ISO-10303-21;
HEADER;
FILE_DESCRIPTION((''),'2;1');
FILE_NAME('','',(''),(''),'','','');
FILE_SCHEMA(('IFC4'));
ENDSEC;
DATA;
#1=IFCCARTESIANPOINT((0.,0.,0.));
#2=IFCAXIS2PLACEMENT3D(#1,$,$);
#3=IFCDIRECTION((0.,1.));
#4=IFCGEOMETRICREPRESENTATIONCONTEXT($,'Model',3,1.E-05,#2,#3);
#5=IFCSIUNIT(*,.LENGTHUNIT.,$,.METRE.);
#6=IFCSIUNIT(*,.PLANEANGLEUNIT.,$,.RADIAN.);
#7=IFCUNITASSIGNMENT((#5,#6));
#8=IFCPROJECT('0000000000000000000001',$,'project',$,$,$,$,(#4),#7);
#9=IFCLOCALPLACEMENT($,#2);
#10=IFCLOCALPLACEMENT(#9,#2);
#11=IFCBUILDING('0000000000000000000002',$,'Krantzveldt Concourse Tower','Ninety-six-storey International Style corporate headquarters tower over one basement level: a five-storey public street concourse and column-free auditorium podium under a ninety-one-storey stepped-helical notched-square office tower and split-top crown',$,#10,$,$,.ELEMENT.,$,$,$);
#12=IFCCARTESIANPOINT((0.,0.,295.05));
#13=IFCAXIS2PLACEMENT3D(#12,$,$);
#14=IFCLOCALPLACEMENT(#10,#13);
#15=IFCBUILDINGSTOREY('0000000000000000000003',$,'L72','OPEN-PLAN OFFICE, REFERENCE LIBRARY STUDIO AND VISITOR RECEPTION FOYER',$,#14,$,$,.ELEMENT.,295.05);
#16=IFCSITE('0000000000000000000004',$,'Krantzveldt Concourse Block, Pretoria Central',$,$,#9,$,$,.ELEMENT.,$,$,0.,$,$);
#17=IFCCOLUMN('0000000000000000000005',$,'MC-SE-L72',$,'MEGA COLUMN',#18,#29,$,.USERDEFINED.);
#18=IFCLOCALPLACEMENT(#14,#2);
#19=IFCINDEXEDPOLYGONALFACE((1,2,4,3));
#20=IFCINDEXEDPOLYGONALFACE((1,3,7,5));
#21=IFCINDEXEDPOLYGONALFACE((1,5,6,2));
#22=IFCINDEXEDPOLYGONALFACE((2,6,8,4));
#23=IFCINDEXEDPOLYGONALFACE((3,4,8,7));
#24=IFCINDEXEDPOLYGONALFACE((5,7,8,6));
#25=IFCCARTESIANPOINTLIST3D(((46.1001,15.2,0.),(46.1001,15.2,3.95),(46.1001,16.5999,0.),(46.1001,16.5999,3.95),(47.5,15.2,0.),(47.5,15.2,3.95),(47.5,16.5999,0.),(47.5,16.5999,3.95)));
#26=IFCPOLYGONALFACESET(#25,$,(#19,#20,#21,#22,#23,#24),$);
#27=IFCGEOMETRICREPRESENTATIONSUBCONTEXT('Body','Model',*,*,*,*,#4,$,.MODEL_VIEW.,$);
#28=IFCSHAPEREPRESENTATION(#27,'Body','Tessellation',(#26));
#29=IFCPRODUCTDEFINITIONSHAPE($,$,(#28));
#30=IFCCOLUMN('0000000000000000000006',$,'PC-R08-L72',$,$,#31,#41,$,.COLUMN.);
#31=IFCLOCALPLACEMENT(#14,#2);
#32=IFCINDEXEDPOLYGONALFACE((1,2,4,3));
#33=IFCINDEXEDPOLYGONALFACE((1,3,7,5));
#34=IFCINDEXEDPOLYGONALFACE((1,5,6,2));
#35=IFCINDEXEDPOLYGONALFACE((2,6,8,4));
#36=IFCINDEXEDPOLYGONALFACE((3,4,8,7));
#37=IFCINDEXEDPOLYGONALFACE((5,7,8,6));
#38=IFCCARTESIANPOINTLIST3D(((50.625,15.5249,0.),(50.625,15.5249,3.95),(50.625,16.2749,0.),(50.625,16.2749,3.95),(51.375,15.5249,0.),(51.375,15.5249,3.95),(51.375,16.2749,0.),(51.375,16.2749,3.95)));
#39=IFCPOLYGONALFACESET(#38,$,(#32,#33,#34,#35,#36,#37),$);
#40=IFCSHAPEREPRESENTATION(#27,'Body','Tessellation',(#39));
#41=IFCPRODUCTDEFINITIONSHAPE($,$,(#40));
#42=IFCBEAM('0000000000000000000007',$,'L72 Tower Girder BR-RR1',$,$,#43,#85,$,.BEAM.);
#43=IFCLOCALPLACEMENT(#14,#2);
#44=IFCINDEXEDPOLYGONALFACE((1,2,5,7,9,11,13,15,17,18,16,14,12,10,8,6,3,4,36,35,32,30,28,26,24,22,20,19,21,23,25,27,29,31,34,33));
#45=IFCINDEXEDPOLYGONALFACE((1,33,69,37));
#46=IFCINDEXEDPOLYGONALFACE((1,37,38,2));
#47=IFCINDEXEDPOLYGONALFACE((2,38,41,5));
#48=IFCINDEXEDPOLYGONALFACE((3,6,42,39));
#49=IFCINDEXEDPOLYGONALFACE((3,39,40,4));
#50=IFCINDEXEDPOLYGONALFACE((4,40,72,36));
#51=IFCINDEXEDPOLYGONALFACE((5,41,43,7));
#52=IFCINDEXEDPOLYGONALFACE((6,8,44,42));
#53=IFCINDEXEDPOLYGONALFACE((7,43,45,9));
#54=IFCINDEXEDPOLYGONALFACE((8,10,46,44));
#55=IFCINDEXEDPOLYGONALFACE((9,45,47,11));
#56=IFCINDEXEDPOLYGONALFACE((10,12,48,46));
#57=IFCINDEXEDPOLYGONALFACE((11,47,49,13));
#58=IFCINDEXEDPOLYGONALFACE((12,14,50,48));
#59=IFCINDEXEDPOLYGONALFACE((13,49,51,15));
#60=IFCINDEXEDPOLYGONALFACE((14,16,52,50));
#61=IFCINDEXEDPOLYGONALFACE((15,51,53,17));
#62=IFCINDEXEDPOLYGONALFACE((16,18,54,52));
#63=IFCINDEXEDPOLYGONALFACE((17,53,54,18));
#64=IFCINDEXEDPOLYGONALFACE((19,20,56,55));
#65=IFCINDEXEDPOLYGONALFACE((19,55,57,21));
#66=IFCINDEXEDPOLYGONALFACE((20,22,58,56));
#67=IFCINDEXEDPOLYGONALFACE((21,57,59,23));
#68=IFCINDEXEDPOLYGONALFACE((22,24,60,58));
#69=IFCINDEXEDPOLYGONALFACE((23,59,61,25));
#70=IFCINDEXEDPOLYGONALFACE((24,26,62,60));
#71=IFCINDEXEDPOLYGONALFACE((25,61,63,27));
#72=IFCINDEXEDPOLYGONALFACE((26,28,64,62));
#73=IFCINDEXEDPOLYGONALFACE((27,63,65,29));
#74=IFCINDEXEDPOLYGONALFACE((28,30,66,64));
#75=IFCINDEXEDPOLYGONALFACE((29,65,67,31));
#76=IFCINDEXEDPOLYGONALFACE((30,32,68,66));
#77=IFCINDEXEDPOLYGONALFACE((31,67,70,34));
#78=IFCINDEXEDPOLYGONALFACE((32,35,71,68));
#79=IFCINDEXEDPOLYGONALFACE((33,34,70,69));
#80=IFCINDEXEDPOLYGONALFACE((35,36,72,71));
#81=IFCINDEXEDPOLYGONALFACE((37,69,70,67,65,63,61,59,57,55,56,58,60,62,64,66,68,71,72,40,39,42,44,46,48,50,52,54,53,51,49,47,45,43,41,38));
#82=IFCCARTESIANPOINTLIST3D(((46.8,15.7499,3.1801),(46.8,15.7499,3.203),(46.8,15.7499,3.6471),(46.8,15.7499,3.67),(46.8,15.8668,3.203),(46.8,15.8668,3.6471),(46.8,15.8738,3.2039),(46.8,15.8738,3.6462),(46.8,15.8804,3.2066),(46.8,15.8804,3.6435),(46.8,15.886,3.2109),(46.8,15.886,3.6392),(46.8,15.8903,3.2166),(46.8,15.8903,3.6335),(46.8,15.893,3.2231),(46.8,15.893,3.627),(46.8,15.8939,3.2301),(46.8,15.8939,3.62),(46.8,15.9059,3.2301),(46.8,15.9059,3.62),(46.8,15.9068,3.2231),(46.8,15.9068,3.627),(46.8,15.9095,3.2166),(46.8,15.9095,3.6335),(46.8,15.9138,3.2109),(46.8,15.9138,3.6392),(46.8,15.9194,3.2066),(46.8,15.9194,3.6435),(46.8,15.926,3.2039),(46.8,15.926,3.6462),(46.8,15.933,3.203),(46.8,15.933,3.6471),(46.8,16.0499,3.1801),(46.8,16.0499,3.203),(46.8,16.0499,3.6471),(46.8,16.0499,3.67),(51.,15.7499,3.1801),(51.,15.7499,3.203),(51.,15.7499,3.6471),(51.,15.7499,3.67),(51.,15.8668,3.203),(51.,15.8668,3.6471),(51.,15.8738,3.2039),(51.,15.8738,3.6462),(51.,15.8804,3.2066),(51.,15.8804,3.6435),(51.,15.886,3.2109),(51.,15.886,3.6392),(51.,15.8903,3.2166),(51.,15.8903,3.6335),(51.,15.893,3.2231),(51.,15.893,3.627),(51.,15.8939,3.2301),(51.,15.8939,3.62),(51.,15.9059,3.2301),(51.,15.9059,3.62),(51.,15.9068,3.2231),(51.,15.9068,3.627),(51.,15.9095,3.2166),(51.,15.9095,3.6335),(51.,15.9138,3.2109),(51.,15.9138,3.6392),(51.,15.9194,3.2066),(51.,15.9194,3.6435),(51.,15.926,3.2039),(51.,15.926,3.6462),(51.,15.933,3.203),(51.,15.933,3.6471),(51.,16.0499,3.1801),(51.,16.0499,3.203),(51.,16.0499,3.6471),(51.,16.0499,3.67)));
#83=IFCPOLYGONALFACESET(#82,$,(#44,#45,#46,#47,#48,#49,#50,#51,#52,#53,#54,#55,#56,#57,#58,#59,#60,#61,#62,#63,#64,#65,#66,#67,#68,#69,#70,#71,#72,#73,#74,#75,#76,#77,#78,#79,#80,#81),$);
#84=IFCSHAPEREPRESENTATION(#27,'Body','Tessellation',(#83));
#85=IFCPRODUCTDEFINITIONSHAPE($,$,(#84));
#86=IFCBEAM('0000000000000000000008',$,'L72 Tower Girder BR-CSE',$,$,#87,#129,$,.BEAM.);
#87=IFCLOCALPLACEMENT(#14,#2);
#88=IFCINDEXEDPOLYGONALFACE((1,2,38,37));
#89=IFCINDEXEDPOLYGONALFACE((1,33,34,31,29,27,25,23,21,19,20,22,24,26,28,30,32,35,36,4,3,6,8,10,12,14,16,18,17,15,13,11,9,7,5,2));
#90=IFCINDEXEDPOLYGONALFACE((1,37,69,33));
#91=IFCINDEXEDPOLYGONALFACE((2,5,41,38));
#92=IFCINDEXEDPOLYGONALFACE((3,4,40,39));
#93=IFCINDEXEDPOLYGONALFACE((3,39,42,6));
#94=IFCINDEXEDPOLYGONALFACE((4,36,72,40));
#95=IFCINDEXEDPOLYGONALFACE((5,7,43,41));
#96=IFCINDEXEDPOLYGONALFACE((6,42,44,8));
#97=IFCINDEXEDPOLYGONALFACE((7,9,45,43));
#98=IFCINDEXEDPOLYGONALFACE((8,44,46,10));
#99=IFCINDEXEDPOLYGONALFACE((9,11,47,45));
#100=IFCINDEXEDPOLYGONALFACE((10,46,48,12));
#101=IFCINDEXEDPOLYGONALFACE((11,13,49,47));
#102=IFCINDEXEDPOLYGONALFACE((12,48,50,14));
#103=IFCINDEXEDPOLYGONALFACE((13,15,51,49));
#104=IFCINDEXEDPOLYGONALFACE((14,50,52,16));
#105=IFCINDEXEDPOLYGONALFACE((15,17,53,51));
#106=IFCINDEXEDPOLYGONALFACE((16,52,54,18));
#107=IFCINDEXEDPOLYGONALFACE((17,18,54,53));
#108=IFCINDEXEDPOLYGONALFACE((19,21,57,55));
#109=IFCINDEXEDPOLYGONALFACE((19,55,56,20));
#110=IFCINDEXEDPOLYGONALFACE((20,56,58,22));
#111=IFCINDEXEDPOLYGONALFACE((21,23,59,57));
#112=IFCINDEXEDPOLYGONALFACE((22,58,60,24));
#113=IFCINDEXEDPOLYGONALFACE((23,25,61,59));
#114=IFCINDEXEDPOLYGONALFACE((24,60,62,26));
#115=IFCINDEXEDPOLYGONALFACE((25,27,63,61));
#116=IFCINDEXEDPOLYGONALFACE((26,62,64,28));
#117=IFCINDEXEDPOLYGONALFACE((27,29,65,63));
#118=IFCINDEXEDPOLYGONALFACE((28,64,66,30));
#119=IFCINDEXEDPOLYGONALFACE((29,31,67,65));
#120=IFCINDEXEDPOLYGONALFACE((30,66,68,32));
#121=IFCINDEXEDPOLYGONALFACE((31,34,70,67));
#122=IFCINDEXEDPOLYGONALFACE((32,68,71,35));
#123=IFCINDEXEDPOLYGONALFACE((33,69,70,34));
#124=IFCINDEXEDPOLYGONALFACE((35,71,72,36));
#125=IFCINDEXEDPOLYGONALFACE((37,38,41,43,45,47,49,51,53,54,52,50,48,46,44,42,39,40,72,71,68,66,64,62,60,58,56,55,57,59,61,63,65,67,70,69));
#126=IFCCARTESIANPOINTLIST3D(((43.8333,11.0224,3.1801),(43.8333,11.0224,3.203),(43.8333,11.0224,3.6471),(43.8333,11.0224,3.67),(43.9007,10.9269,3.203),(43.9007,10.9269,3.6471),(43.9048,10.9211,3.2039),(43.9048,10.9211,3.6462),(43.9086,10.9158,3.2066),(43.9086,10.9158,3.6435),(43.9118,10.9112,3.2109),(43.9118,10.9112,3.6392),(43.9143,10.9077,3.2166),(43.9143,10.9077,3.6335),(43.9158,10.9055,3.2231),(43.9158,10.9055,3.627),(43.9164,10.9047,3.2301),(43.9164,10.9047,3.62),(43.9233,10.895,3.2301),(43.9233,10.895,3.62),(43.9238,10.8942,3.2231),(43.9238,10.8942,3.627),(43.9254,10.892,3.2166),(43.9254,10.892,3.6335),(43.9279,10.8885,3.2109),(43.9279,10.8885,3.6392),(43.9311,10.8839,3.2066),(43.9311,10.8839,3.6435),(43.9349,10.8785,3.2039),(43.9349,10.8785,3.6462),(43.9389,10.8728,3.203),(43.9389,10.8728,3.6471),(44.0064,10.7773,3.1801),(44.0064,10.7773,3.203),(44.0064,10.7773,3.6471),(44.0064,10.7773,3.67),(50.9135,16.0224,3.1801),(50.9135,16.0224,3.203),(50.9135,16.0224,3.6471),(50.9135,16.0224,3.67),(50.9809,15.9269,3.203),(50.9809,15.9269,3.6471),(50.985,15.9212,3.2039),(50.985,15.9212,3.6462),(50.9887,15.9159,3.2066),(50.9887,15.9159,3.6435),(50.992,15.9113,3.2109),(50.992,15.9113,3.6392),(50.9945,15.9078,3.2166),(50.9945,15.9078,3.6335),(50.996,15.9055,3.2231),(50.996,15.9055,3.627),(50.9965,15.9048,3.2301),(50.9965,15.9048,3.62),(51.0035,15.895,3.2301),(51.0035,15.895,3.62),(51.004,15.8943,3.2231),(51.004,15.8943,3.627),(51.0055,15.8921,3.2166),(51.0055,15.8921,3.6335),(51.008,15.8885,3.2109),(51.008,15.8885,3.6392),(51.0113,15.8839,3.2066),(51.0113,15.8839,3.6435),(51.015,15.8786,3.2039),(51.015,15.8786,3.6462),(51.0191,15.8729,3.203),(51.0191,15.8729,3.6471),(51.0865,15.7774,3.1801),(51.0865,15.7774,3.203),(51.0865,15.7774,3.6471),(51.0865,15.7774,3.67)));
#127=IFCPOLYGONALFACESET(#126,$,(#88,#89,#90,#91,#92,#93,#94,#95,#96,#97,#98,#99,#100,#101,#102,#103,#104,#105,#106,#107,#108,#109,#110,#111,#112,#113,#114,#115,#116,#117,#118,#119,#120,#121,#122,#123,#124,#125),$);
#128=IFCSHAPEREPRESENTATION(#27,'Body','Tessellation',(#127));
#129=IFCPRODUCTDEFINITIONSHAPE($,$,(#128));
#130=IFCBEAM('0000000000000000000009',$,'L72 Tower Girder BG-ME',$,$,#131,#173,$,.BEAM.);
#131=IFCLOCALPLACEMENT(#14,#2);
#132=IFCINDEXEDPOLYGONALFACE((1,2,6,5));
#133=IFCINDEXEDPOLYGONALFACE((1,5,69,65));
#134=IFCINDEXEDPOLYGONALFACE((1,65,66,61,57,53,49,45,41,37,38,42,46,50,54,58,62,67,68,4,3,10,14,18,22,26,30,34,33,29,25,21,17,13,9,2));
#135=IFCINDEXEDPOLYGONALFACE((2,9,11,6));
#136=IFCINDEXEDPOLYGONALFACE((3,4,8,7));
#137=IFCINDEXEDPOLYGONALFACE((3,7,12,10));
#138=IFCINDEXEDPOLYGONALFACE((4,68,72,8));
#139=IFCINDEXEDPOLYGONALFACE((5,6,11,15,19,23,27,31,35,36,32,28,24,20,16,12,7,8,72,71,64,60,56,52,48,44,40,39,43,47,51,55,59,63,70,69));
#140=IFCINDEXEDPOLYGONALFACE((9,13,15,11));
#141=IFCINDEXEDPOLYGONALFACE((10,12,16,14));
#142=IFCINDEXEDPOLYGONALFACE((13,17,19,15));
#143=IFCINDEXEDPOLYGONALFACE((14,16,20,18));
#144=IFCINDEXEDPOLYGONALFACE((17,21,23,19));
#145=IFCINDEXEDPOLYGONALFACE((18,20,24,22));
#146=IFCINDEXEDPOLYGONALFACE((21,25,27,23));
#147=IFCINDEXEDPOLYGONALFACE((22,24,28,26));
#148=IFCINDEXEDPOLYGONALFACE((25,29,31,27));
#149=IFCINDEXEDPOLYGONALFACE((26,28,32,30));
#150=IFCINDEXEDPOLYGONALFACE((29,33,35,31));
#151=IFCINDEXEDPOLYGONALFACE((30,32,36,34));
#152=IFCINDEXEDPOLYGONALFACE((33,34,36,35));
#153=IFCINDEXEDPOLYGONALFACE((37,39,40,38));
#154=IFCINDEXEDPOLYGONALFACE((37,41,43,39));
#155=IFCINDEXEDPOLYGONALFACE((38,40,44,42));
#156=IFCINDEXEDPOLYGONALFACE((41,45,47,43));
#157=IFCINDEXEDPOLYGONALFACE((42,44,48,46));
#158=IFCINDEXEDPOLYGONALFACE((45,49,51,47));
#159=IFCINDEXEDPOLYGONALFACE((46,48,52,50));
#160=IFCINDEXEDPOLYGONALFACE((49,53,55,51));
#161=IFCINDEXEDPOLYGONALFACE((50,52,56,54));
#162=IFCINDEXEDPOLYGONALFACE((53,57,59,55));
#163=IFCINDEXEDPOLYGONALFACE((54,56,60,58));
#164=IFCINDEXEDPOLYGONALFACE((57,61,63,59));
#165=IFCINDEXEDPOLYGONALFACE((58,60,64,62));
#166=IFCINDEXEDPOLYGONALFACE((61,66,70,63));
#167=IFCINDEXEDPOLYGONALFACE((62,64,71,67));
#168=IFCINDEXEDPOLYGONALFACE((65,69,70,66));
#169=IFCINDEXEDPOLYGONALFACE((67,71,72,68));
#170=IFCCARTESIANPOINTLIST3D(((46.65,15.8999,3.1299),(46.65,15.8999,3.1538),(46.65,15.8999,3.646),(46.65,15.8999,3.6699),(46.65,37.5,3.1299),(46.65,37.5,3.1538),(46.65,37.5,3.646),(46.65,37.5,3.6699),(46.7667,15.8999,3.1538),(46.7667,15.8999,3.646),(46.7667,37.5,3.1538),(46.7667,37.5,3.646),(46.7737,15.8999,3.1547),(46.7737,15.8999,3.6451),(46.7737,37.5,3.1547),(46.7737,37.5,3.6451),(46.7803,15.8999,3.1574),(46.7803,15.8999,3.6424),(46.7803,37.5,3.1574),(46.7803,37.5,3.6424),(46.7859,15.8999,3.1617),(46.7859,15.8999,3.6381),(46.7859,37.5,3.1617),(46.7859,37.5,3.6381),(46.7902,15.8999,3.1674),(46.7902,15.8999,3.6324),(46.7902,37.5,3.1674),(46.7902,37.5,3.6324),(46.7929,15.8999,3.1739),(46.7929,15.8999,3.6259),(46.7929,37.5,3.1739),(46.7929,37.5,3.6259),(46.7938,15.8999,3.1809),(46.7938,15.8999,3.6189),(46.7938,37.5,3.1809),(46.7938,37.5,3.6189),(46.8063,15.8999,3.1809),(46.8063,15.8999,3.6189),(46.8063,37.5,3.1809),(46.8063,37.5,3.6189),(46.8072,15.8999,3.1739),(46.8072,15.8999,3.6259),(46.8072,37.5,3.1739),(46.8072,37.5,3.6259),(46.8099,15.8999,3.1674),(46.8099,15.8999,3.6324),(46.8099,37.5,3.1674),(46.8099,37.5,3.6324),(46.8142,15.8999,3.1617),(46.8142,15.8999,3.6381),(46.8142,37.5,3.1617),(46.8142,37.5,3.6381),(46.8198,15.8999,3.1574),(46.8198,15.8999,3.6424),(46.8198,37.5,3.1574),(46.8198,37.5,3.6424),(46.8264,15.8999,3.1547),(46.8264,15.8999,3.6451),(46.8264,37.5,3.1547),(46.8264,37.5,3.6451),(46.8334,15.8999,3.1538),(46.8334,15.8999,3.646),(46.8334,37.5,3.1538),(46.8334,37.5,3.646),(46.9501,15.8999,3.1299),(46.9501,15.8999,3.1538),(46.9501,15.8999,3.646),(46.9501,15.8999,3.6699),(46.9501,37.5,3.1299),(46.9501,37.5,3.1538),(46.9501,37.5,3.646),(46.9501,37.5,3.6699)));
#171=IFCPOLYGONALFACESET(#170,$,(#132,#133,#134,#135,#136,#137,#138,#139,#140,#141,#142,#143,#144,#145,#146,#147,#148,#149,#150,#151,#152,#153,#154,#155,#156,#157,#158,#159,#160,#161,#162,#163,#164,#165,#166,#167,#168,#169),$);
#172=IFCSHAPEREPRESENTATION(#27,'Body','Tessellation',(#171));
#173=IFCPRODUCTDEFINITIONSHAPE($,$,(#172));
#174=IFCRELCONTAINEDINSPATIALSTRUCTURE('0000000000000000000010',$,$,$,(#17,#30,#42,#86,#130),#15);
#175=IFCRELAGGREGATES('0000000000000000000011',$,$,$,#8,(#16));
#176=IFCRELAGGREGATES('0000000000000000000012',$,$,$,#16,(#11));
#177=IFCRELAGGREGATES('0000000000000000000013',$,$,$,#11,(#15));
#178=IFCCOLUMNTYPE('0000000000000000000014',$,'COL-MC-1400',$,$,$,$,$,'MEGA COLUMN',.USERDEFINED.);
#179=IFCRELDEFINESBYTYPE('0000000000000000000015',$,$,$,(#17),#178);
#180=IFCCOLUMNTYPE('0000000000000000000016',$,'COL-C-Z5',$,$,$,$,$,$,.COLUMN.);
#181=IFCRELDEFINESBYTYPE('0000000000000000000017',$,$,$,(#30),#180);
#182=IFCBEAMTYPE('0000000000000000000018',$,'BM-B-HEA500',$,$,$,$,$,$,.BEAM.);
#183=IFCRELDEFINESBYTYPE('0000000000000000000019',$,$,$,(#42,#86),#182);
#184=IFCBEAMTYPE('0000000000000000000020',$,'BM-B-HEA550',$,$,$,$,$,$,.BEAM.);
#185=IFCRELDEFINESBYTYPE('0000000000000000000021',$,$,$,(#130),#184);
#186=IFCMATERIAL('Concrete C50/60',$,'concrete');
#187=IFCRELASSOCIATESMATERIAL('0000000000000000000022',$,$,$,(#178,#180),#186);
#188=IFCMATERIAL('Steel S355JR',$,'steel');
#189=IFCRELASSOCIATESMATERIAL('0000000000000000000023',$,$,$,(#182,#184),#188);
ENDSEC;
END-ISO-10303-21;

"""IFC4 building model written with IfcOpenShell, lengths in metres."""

from ifc_helpers import new_model, si_unit, direction, frame, origin, origin_2d, place, context, subcontext, project, spatial, rectangle, i_section, extrude, source, transform, mapped, material, material_profile, profile_set, type_object, type_shapes, element, save


model = new_model("IFC4")

# Units and contexts
model_context = context("Model", 3, precision=1e-05, world=origin(), true_north=direction((0.0, 1.0)))
body_context = subcontext(model_context, "Body", "Model", "MODEL_VIEW")
ifc_project = project(units=[si_unit("LENGTHUNIT", "METRE"), si_unit("PLANEANGLEUNIT", "RADIAN")], contexts=[model_context])

# Site, building, storey
site_placement = place(None, origin())
site = spatial("IfcSite", under=ifc_project, at=site_placement, Name="Krantzveldt Concourse Block, Pretoria Central", CompositionType="ELEMENT", RefElevation=0.0)
building_placement = place(site_placement, origin())
building = spatial("IfcBuilding", under=site, at=building_placement, Name="Krantzveldt Concourse Tower", Description="Ninety-six-storey International Style corporate headquarters tower over one basement level: a five-storey public street concourse and column-free auditorium podium under a ninety-one-storey stepped-helical notched-square office tower and split-top crown", CompositionType="ELEMENT")
storey_placement = place(building_placement, frame((0.0, 0.0, 295.05)))
storey = spatial("IfcBuildingStorey", under=building, at=storey_placement, Name="L72", Description="OPEN-PLAN OFFICE, REFERENCE LIBRARY STUDIO AND VISITOR RECEPTION FOYER", CompositionType="ELEMENT", Elevation=295.05)

# Columns
ifc_material_1 = material(Name="Concrete C50/60", Category="concrete")
ifc_material_profile_1 = material_profile(ifc_material_1, rectangle(XDim=1.3999, YDim=1.3999, at=origin_2d()), Name="Concrete C50/60", Category="concrete")
ifc_profile_set_1 = profile_set([ifc_material_profile_1], Name="Concrete C50/60 - RC 1400x1400")
column_type_1 = type_object("IfcColumnType", Name="COL-MC-1400", ElementType="MEGA COLUMN", PredefinedType="USERDEFINED", material=ifc_profile_set_1)
shared_shape_1 = source(origin(), body_context, "Body", "SweptSolid", [
    extrude(rectangle(XDim=1.3999, YDim=1.3999, at=origin_2d()), origin(), (0.0, 0.0, 1.0), 3.95),
])
type_shapes(column_type_1, [shared_shape_1])
column_1_placement = place(storey_placement, frame((46.8, 15.8999, 0.0), z_axis=(0.0, 0.0, 1.0), x_axis=(1.0, 0.0, 0.0)))
element("IfcColumn", 1, at=column_1_placement, inside=storey, type_object=column_type_1, Name="MC-SE-L72", ObjectType="MEGA COLUMN", PredefinedType="USERDEFINED", context=body_context, shape_type="MappedRepresentation", body=[
    mapped(shared_shape_1, transform((0.0, 0.0, 0.0), x_axis=(1.0, 0.0, 0.0), y_axis=(0.0, 1.0, 0.0), z_axis=(0.0, 0.0, 1.0), scale=1.0)),
])
ifc_material_profile_2 = material_profile(ifc_material_1, rectangle(XDim=0.75, YDim=0.75, at=origin_2d()), Name="Concrete C50/60", Category="concrete")
ifc_profile_set_2 = profile_set([ifc_material_profile_2], Name="Concrete C50/60 - RC 750x750")
column_type_2 = type_object("IfcColumnType", Name="COL-C-Z5", PredefinedType="COLUMN", material=ifc_profile_set_2)
shared_shape_2 = source(origin(), body_context, "Body", "SweptSolid", [
    extrude(rectangle(XDim=0.75, YDim=0.75, at=origin_2d()), origin(), (0.0, 0.0, 1.0), 3.95),
])
type_shapes(column_type_2, [shared_shape_2])
column_2_placement = place(storey_placement, frame((51.0, 15.8999, 0.0), z_axis=(0.0, 0.0, 1.0), x_axis=(1.0, 0.0, 0.0)))
element("IfcColumn", 2, at=column_2_placement, inside=storey, type_object=column_type_2, Name="PC-R08-L72", PredefinedType="COLUMN", context=body_context, shape_type="MappedRepresentation", body=[
    mapped(shared_shape_2, transform((0.0, 0.0, 0.0), x_axis=(1.0, 0.0, 0.0), y_axis=(0.0, 1.0, 0.0), z_axis=(0.0, 0.0, 1.0), scale=1.0)),
])

# Beams
ifc_material_2 = material(Name="Steel S355JR", Category="steel")
ifc_material_profile_3 = material_profile(ifc_material_2, i_section(OverallWidth=0.3, OverallDepth=0.49, WebThickness=0.012, FlangeThickness=0.0229, FilletRadius=0.0271, at=origin_2d()), Name="Steel S355JR", Category="steel")
ifc_profile_set_3 = profile_set([ifc_material_profile_3], Name="Steel S355JR - HEA 500")
beam_type_1 = type_object("IfcBeamType", Name="BM-B-HEA500", PredefinedType="BEAM", material=ifc_profile_set_3)
shared_shape_3 = source(origin(), body_context, "Body", "SweptSolid", [
    extrude(i_section(OverallWidth=0.3, OverallDepth=0.49, WebThickness=0.012, FlangeThickness=0.0229, FilletRadius=0.0271, at=origin_2d()), origin(), (0.0, 0.0, 1.0), 4.2),
])
beam_1_placement = place(storey_placement, frame((46.8, 15.8999, 3.425), z_axis=(1.0, 0.0, 0.0), x_axis=(0.0, 1.0, 0.0)))
element("IfcBeam", 3, at=beam_1_placement, inside=storey, type_object=beam_type_1, Name="L72 Tower Girder BR-RR1", PredefinedType="BEAM", context=body_context, shape_type="MappedRepresentation", body=[
    mapped(shared_shape_3, transform((0.0, 0.0, 0.0), x_axis=(1.0, 0.0, 0.0), y_axis=(0.0, 1.0, 0.0), z_axis=(0.0, 0.0, 1.0), scale=1.0)),
])
shared_shape_4 = source(origin(), body_context, "Body", "SweptSolid", [
    extrude(i_section(OverallWidth=0.3, OverallDepth=0.49, WebThickness=0.012, FlangeThickness=0.0229, FilletRadius=0.0271, at=origin_2d()), origin(), (0.0, 0.0, 1.0), 8.6677),
])
type_shapes(beam_type_1, [shared_shape_3, shared_shape_4])
beam_2_placement = place(storey_placement, frame((51.0, 15.8999, 3.425), z_axis=(-0.816843, -0.57686, 0.0), x_axis=(0.57686, -0.816843, 0.0)))
element("IfcBeam", 4, at=beam_2_placement, inside=storey, type_object=beam_type_1, Name="L72 Tower Girder BR-CSE", PredefinedType="BEAM", context=body_context, shape_type="MappedRepresentation", body=[
    mapped(shared_shape_4, transform((0.0, 0.0, 0.0), x_axis=(1.0, 0.0, 0.0), y_axis=(0.0, 1.0, 0.0), z_axis=(0.0, 0.0, 1.0), scale=1.0)),
])
ifc_material_profile_4 = material_profile(ifc_material_2, i_section(OverallWidth=0.3, OverallDepth=0.54, WebThickness=0.0125, FlangeThickness=0.0239, FilletRadius=0.0271, at=origin_2d()), Name="Steel S355JR", Category="steel")
ifc_profile_set_4 = profile_set([ifc_material_profile_4], Name="Steel S355JR - HEA 550")
beam_type_2 = type_object("IfcBeamType", Name="BM-B-HEA550", PredefinedType="BEAM", material=ifc_profile_set_4)
shared_shape_5 = source(origin(), body_context, "Body", "SweptSolid", [
    extrude(i_section(OverallWidth=0.3, OverallDepth=0.54, WebThickness=0.0125, FlangeThickness=0.0239, FilletRadius=0.0271, at=origin_2d()), origin(), (0.0, 0.0, 1.0), 21.6001),
])
beam_3_placement = place(storey_placement, frame((46.8, 15.8999, 3.3999), z_axis=(0.0, 1.0, 0.0), x_axis=(-1.0, 0.0, 0.0)))
element("IfcBeam", 5, at=beam_3_placement, inside=storey, type_object=beam_type_2, Name="L72 Tower Girder BG-ME", PredefinedType="BEAM", context=body_context, shape_type="MappedRepresentation", body=[
    mapped(shared_shape_5, transform((0.0, 0.0, 0.0), x_axis=(1.0, 0.0, 0.0), y_axis=(0.0, 1.0, 0.0), z_axis=(0.0, 0.0, 1.0), scale=1.0)),
])

save(model, "model.ifc")
